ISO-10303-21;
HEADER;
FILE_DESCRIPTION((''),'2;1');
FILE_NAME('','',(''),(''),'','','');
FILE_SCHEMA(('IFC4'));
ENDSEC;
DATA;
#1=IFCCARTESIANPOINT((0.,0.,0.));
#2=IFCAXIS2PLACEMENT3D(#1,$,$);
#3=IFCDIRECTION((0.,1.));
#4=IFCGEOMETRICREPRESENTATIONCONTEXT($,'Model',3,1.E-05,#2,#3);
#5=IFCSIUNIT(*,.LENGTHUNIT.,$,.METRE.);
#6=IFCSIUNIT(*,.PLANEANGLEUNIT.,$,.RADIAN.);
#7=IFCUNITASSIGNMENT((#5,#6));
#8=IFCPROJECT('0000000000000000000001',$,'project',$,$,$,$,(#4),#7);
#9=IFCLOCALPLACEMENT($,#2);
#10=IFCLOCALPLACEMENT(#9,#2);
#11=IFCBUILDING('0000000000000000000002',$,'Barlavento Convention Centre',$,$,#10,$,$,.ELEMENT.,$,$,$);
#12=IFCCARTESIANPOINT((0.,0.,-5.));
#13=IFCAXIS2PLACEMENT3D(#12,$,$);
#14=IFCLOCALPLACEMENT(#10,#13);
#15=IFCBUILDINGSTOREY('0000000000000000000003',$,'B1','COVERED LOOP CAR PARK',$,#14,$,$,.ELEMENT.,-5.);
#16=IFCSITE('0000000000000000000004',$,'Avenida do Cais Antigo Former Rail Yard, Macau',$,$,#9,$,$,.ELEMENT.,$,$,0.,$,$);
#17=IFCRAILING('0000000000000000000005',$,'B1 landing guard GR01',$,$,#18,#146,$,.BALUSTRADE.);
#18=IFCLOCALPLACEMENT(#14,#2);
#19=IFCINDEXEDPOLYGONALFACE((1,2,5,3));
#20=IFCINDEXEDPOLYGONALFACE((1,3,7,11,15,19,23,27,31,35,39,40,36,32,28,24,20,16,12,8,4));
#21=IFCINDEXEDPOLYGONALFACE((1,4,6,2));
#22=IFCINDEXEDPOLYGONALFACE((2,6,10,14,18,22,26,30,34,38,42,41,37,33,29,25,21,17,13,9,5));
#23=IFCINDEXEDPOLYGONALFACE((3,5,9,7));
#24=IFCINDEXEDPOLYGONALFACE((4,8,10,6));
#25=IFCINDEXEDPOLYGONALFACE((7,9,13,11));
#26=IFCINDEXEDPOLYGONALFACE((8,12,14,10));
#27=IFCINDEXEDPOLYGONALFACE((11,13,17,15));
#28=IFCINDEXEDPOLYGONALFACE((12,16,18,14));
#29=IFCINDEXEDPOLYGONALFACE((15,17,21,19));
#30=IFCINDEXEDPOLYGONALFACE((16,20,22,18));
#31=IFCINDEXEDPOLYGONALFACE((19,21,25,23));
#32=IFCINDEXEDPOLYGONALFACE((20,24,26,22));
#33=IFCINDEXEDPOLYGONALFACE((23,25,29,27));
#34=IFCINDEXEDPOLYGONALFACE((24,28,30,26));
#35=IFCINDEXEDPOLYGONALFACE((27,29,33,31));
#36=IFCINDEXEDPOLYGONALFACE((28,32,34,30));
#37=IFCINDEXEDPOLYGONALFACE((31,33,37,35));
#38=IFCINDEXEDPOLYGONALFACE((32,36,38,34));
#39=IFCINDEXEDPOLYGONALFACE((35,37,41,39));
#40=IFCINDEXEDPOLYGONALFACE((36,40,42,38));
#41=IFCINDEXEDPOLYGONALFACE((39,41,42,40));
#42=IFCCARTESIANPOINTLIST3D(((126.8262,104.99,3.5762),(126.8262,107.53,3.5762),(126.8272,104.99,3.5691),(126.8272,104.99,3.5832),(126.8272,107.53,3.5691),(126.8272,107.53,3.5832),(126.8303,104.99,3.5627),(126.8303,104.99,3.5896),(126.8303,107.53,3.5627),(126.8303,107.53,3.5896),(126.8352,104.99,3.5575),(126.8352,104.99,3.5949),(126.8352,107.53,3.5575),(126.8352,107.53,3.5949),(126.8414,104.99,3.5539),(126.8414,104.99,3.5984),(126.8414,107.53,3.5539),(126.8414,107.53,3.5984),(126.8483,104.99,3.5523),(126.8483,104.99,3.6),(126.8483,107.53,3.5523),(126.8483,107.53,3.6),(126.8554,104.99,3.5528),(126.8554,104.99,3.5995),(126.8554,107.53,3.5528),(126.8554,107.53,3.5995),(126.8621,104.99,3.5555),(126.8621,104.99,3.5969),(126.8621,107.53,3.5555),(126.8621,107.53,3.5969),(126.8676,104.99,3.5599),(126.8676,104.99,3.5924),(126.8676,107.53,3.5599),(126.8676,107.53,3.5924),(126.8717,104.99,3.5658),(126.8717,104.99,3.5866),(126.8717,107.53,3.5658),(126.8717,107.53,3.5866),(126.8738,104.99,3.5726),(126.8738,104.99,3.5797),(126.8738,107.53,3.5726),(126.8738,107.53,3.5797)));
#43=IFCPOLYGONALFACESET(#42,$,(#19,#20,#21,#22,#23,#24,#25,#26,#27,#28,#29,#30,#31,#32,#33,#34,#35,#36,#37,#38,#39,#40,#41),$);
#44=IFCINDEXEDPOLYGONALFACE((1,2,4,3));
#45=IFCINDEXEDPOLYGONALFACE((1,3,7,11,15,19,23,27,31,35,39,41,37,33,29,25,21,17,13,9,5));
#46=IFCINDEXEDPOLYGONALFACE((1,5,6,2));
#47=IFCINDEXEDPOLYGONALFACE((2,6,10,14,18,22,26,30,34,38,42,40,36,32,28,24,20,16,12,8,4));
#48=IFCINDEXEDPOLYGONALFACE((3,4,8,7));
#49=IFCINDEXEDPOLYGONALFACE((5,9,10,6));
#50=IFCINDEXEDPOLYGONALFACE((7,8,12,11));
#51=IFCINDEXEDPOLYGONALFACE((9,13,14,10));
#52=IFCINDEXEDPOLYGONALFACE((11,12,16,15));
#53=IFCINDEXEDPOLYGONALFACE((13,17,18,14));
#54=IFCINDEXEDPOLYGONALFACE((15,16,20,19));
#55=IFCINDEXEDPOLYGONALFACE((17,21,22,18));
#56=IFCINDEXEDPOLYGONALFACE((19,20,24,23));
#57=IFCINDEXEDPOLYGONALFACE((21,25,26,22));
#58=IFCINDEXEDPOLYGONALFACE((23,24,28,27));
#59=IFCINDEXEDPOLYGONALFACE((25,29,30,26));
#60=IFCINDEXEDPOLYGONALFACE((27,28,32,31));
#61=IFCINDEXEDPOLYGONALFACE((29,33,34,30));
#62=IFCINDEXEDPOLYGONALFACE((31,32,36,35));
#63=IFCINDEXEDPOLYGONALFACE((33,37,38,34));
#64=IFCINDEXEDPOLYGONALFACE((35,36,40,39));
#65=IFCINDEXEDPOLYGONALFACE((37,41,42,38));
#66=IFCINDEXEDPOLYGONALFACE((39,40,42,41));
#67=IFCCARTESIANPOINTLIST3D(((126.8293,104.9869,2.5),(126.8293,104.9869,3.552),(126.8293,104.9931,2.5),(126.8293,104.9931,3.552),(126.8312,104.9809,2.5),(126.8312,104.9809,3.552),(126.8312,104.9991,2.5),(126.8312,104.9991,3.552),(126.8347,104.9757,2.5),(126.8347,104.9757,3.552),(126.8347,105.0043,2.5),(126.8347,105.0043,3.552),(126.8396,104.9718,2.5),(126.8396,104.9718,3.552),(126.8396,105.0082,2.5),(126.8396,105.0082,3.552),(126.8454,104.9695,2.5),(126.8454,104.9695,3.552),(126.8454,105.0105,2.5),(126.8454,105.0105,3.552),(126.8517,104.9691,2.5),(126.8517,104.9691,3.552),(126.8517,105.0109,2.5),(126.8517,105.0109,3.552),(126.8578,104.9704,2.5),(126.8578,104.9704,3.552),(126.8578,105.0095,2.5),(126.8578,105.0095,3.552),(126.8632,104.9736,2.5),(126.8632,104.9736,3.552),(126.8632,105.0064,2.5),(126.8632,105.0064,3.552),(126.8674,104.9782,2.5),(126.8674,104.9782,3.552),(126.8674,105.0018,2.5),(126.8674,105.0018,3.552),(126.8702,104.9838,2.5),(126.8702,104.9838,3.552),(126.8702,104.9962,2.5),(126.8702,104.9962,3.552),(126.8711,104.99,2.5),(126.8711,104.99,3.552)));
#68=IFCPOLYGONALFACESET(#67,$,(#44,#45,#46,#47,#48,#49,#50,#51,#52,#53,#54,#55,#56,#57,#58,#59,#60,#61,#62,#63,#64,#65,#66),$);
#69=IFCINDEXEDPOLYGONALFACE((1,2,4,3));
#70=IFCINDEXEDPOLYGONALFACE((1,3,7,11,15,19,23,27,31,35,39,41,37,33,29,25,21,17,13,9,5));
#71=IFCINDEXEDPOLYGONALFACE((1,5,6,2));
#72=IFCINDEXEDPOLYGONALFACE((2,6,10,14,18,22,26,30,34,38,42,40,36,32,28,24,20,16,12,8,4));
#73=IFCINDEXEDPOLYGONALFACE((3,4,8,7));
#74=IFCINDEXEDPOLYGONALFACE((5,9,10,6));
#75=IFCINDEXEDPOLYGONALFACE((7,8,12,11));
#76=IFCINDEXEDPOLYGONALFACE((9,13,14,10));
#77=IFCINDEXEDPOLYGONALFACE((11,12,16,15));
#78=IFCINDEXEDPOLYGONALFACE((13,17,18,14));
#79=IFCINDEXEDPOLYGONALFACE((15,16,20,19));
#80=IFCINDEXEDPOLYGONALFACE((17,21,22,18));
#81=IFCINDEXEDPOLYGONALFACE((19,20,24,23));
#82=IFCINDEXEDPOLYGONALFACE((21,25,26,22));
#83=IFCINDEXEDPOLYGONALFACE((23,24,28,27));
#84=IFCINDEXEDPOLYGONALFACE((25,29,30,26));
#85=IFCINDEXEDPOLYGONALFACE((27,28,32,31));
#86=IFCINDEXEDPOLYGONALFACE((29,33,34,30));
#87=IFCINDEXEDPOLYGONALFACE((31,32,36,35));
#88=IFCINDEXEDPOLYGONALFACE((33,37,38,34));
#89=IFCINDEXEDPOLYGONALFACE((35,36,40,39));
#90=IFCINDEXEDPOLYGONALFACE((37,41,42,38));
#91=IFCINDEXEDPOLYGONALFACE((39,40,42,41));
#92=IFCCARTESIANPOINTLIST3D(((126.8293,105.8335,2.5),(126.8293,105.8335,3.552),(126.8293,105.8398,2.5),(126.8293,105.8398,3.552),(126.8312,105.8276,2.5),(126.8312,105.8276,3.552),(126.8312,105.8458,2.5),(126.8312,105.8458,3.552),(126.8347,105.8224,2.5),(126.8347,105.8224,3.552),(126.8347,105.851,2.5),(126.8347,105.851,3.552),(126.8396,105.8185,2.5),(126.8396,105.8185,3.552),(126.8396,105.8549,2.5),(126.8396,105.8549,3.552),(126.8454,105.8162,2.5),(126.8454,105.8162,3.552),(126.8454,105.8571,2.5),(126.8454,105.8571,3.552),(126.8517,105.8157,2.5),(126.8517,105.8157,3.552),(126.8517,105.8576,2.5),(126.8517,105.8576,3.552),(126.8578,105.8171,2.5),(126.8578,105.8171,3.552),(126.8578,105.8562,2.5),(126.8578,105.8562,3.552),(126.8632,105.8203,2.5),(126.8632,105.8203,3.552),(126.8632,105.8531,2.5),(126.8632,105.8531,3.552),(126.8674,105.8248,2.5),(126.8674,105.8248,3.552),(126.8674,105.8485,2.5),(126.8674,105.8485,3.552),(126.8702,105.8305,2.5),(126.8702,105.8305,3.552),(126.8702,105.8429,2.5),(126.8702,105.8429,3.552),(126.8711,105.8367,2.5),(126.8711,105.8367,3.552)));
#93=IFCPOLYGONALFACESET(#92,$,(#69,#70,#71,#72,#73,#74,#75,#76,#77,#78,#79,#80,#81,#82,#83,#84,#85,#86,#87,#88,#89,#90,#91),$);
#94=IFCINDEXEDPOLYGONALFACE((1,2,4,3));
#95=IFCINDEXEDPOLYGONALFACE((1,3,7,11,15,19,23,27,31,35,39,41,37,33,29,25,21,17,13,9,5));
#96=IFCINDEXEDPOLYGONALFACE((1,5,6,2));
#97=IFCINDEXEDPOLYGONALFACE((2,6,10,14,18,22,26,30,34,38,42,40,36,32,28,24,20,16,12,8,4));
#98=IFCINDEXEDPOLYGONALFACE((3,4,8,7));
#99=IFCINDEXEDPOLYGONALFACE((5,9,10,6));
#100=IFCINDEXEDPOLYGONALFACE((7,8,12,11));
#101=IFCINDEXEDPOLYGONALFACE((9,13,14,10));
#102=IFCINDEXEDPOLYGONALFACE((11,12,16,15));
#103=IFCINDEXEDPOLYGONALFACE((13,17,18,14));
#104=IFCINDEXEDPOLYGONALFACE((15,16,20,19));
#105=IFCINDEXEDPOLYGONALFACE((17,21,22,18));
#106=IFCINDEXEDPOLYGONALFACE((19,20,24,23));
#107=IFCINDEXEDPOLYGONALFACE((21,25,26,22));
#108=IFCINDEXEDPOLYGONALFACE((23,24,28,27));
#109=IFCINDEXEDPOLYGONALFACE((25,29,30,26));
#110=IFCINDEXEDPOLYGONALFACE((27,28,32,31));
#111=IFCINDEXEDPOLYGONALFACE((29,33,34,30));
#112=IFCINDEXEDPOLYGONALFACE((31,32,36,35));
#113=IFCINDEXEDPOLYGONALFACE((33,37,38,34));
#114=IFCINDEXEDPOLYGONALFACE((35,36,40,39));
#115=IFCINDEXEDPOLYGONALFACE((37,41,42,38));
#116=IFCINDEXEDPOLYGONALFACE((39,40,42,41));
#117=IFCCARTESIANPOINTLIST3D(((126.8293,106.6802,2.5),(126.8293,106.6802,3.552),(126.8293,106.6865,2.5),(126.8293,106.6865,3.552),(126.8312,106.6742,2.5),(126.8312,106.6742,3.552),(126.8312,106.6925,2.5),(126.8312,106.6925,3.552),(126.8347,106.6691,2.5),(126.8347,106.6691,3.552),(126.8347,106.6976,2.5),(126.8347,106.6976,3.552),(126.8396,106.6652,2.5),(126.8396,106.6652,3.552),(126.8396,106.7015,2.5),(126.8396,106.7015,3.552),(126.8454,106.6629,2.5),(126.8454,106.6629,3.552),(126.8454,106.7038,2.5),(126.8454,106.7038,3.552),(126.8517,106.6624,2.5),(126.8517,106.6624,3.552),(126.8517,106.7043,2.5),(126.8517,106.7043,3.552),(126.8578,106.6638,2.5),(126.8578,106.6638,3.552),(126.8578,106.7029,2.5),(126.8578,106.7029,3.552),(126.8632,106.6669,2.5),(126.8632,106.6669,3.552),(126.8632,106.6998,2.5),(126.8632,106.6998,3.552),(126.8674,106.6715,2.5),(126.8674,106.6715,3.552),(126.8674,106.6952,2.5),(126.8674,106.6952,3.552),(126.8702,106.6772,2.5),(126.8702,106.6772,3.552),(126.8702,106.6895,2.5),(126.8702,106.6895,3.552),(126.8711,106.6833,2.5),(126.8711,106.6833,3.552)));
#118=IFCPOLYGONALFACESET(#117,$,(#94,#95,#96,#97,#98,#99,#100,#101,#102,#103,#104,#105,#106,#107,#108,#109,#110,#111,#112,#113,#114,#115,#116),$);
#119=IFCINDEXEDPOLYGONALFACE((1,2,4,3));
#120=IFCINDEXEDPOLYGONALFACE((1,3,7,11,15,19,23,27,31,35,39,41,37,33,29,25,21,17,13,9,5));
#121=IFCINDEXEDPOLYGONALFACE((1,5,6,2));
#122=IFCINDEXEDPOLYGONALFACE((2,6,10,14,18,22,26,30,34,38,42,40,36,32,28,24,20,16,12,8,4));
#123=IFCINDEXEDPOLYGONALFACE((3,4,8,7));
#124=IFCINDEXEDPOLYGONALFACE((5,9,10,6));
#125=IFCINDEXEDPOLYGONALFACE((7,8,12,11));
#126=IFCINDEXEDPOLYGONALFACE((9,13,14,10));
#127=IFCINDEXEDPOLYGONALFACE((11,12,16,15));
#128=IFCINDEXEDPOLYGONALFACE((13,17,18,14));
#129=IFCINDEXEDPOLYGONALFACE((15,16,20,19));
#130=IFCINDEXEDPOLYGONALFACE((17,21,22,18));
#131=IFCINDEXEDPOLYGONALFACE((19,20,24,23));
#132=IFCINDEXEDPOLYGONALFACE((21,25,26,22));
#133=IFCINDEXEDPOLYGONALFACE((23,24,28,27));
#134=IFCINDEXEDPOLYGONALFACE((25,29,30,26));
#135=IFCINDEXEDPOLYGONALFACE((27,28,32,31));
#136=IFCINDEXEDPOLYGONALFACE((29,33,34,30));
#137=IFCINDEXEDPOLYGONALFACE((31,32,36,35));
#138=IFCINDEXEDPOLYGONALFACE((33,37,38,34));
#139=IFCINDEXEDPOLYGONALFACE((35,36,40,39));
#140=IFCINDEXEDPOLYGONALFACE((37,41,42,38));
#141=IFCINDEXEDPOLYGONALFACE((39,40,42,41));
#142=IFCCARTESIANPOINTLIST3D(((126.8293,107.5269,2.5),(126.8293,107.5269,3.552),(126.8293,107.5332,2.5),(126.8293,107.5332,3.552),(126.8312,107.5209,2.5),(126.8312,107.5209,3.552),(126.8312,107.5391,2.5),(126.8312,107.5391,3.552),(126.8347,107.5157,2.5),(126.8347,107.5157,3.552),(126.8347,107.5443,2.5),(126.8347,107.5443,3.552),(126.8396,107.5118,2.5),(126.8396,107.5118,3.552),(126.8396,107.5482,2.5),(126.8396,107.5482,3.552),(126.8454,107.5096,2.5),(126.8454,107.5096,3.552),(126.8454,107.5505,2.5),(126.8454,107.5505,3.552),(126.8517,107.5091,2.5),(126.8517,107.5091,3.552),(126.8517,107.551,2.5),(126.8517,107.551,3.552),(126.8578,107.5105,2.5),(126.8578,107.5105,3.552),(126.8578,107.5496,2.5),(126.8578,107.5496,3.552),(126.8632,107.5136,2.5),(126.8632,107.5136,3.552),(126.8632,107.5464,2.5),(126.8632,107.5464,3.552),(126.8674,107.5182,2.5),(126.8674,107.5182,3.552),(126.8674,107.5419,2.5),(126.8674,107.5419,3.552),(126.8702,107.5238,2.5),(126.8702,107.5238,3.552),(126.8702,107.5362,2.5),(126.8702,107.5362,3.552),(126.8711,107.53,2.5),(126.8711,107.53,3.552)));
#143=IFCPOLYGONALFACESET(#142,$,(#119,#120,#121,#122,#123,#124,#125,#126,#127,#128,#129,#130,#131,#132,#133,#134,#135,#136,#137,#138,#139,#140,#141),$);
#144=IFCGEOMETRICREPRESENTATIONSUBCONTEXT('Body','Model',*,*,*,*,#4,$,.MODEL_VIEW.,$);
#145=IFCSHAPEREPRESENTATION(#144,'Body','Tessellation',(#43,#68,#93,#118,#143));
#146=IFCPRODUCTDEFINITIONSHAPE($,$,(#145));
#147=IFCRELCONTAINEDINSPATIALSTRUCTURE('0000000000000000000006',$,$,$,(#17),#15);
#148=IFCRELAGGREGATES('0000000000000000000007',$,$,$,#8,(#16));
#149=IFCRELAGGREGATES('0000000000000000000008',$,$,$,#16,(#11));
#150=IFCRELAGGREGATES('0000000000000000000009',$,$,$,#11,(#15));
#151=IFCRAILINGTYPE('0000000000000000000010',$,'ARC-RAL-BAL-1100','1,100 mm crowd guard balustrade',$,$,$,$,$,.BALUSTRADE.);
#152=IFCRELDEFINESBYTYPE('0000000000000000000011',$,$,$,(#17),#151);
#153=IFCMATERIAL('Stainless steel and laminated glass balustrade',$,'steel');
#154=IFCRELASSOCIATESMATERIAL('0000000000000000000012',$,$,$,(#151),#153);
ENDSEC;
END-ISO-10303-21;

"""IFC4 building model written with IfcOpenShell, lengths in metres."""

from ifc_helpers import new_model, si_unit, direction, frame, origin, origin_2d, place, context, subcontext, project, spatial, circle, extrude, material, type_object, element, save


model = new_model("IFC4")

# Units and contexts
model_context = context("Model", 3, precision=1e-05, world=origin(), true_north=direction((0.0, 1.0)))
body_context = subcontext(model_context, "Body", "Model", "MODEL_VIEW")
ifc_project = project(units=[si_unit("LENGTHUNIT", "METRE"), si_unit("PLANEANGLEUNIT", "RADIAN")], contexts=[model_context])

# Site, building, storey
site_placement = place(None, origin())
site = spatial("IfcSite", under=ifc_project, at=site_placement, Name="Avenida do Cais Antigo Former Rail Yard, Macau", CompositionType="ELEMENT", RefElevation=0.0)
building_placement = place(site_placement, origin())
building = spatial("IfcBuilding", under=site, at=building_placement, Name="Barlavento Convention Centre", CompositionType="ELEMENT")
storey_placement = place(building_placement, frame((0.0, 0.0, -5.0)))
storey = spatial("IfcBuildingStorey", under=building, at=storey_placement, Name="B1", Description="COVERED LOOP CAR PARK", CompositionType="ELEMENT", Elevation=-5.0)

# Railing
ifc_material_1 = material(Name="Stainless steel and laminated glass balustrade", Category="steel")
railing_type_1 = type_object("IfcRailingType", Name="ARC-RAL-BAL-1100", Description="1,100 mm crowd guard balustrade", PredefinedType="BALUSTRADE", material=ifc_material_1)
railing_1_placement = place(storey_placement, frame((126.8501, 104.99, 2.5)))
element("IfcRailing", 1, at=railing_1_placement, inside=storey, type_object=railing_type_1, Name="B1 landing guard GR01", PredefinedType="BALUSTRADE", context=body_context, shape_type="SweptSolid", body=[
    extrude(circle(Radius=0.0239, at=origin_2d()), frame((0.0, 0.0, 1.0762), z_axis=(0.0, 1.0, 0.0), x_axis=(-1.0, 0.0, 0.0)), (0.0, 0.0, 1.0), 2.54),
    extrude(circle(Radius=0.021, at=origin_2d()), origin(), (0.0, 0.0, 1.0), 1.052),
    extrude(circle(Radius=0.021, at=origin_2d()), frame((0.0, 0.8467, 0.0)), (0.0, 0.0, 1.0), 1.052),
    extrude(circle(Radius=0.021, at=origin_2d()), frame((0.0, 1.6934, 0.0)), (0.0, 0.0, 1.0), 1.052),
    extrude(circle(Radius=0.021, at=origin_2d()), frame((0.0, 2.54, 0.0)), (0.0, 0.0, 1.0), 1.052),
])

save(model, "model.ifc")
